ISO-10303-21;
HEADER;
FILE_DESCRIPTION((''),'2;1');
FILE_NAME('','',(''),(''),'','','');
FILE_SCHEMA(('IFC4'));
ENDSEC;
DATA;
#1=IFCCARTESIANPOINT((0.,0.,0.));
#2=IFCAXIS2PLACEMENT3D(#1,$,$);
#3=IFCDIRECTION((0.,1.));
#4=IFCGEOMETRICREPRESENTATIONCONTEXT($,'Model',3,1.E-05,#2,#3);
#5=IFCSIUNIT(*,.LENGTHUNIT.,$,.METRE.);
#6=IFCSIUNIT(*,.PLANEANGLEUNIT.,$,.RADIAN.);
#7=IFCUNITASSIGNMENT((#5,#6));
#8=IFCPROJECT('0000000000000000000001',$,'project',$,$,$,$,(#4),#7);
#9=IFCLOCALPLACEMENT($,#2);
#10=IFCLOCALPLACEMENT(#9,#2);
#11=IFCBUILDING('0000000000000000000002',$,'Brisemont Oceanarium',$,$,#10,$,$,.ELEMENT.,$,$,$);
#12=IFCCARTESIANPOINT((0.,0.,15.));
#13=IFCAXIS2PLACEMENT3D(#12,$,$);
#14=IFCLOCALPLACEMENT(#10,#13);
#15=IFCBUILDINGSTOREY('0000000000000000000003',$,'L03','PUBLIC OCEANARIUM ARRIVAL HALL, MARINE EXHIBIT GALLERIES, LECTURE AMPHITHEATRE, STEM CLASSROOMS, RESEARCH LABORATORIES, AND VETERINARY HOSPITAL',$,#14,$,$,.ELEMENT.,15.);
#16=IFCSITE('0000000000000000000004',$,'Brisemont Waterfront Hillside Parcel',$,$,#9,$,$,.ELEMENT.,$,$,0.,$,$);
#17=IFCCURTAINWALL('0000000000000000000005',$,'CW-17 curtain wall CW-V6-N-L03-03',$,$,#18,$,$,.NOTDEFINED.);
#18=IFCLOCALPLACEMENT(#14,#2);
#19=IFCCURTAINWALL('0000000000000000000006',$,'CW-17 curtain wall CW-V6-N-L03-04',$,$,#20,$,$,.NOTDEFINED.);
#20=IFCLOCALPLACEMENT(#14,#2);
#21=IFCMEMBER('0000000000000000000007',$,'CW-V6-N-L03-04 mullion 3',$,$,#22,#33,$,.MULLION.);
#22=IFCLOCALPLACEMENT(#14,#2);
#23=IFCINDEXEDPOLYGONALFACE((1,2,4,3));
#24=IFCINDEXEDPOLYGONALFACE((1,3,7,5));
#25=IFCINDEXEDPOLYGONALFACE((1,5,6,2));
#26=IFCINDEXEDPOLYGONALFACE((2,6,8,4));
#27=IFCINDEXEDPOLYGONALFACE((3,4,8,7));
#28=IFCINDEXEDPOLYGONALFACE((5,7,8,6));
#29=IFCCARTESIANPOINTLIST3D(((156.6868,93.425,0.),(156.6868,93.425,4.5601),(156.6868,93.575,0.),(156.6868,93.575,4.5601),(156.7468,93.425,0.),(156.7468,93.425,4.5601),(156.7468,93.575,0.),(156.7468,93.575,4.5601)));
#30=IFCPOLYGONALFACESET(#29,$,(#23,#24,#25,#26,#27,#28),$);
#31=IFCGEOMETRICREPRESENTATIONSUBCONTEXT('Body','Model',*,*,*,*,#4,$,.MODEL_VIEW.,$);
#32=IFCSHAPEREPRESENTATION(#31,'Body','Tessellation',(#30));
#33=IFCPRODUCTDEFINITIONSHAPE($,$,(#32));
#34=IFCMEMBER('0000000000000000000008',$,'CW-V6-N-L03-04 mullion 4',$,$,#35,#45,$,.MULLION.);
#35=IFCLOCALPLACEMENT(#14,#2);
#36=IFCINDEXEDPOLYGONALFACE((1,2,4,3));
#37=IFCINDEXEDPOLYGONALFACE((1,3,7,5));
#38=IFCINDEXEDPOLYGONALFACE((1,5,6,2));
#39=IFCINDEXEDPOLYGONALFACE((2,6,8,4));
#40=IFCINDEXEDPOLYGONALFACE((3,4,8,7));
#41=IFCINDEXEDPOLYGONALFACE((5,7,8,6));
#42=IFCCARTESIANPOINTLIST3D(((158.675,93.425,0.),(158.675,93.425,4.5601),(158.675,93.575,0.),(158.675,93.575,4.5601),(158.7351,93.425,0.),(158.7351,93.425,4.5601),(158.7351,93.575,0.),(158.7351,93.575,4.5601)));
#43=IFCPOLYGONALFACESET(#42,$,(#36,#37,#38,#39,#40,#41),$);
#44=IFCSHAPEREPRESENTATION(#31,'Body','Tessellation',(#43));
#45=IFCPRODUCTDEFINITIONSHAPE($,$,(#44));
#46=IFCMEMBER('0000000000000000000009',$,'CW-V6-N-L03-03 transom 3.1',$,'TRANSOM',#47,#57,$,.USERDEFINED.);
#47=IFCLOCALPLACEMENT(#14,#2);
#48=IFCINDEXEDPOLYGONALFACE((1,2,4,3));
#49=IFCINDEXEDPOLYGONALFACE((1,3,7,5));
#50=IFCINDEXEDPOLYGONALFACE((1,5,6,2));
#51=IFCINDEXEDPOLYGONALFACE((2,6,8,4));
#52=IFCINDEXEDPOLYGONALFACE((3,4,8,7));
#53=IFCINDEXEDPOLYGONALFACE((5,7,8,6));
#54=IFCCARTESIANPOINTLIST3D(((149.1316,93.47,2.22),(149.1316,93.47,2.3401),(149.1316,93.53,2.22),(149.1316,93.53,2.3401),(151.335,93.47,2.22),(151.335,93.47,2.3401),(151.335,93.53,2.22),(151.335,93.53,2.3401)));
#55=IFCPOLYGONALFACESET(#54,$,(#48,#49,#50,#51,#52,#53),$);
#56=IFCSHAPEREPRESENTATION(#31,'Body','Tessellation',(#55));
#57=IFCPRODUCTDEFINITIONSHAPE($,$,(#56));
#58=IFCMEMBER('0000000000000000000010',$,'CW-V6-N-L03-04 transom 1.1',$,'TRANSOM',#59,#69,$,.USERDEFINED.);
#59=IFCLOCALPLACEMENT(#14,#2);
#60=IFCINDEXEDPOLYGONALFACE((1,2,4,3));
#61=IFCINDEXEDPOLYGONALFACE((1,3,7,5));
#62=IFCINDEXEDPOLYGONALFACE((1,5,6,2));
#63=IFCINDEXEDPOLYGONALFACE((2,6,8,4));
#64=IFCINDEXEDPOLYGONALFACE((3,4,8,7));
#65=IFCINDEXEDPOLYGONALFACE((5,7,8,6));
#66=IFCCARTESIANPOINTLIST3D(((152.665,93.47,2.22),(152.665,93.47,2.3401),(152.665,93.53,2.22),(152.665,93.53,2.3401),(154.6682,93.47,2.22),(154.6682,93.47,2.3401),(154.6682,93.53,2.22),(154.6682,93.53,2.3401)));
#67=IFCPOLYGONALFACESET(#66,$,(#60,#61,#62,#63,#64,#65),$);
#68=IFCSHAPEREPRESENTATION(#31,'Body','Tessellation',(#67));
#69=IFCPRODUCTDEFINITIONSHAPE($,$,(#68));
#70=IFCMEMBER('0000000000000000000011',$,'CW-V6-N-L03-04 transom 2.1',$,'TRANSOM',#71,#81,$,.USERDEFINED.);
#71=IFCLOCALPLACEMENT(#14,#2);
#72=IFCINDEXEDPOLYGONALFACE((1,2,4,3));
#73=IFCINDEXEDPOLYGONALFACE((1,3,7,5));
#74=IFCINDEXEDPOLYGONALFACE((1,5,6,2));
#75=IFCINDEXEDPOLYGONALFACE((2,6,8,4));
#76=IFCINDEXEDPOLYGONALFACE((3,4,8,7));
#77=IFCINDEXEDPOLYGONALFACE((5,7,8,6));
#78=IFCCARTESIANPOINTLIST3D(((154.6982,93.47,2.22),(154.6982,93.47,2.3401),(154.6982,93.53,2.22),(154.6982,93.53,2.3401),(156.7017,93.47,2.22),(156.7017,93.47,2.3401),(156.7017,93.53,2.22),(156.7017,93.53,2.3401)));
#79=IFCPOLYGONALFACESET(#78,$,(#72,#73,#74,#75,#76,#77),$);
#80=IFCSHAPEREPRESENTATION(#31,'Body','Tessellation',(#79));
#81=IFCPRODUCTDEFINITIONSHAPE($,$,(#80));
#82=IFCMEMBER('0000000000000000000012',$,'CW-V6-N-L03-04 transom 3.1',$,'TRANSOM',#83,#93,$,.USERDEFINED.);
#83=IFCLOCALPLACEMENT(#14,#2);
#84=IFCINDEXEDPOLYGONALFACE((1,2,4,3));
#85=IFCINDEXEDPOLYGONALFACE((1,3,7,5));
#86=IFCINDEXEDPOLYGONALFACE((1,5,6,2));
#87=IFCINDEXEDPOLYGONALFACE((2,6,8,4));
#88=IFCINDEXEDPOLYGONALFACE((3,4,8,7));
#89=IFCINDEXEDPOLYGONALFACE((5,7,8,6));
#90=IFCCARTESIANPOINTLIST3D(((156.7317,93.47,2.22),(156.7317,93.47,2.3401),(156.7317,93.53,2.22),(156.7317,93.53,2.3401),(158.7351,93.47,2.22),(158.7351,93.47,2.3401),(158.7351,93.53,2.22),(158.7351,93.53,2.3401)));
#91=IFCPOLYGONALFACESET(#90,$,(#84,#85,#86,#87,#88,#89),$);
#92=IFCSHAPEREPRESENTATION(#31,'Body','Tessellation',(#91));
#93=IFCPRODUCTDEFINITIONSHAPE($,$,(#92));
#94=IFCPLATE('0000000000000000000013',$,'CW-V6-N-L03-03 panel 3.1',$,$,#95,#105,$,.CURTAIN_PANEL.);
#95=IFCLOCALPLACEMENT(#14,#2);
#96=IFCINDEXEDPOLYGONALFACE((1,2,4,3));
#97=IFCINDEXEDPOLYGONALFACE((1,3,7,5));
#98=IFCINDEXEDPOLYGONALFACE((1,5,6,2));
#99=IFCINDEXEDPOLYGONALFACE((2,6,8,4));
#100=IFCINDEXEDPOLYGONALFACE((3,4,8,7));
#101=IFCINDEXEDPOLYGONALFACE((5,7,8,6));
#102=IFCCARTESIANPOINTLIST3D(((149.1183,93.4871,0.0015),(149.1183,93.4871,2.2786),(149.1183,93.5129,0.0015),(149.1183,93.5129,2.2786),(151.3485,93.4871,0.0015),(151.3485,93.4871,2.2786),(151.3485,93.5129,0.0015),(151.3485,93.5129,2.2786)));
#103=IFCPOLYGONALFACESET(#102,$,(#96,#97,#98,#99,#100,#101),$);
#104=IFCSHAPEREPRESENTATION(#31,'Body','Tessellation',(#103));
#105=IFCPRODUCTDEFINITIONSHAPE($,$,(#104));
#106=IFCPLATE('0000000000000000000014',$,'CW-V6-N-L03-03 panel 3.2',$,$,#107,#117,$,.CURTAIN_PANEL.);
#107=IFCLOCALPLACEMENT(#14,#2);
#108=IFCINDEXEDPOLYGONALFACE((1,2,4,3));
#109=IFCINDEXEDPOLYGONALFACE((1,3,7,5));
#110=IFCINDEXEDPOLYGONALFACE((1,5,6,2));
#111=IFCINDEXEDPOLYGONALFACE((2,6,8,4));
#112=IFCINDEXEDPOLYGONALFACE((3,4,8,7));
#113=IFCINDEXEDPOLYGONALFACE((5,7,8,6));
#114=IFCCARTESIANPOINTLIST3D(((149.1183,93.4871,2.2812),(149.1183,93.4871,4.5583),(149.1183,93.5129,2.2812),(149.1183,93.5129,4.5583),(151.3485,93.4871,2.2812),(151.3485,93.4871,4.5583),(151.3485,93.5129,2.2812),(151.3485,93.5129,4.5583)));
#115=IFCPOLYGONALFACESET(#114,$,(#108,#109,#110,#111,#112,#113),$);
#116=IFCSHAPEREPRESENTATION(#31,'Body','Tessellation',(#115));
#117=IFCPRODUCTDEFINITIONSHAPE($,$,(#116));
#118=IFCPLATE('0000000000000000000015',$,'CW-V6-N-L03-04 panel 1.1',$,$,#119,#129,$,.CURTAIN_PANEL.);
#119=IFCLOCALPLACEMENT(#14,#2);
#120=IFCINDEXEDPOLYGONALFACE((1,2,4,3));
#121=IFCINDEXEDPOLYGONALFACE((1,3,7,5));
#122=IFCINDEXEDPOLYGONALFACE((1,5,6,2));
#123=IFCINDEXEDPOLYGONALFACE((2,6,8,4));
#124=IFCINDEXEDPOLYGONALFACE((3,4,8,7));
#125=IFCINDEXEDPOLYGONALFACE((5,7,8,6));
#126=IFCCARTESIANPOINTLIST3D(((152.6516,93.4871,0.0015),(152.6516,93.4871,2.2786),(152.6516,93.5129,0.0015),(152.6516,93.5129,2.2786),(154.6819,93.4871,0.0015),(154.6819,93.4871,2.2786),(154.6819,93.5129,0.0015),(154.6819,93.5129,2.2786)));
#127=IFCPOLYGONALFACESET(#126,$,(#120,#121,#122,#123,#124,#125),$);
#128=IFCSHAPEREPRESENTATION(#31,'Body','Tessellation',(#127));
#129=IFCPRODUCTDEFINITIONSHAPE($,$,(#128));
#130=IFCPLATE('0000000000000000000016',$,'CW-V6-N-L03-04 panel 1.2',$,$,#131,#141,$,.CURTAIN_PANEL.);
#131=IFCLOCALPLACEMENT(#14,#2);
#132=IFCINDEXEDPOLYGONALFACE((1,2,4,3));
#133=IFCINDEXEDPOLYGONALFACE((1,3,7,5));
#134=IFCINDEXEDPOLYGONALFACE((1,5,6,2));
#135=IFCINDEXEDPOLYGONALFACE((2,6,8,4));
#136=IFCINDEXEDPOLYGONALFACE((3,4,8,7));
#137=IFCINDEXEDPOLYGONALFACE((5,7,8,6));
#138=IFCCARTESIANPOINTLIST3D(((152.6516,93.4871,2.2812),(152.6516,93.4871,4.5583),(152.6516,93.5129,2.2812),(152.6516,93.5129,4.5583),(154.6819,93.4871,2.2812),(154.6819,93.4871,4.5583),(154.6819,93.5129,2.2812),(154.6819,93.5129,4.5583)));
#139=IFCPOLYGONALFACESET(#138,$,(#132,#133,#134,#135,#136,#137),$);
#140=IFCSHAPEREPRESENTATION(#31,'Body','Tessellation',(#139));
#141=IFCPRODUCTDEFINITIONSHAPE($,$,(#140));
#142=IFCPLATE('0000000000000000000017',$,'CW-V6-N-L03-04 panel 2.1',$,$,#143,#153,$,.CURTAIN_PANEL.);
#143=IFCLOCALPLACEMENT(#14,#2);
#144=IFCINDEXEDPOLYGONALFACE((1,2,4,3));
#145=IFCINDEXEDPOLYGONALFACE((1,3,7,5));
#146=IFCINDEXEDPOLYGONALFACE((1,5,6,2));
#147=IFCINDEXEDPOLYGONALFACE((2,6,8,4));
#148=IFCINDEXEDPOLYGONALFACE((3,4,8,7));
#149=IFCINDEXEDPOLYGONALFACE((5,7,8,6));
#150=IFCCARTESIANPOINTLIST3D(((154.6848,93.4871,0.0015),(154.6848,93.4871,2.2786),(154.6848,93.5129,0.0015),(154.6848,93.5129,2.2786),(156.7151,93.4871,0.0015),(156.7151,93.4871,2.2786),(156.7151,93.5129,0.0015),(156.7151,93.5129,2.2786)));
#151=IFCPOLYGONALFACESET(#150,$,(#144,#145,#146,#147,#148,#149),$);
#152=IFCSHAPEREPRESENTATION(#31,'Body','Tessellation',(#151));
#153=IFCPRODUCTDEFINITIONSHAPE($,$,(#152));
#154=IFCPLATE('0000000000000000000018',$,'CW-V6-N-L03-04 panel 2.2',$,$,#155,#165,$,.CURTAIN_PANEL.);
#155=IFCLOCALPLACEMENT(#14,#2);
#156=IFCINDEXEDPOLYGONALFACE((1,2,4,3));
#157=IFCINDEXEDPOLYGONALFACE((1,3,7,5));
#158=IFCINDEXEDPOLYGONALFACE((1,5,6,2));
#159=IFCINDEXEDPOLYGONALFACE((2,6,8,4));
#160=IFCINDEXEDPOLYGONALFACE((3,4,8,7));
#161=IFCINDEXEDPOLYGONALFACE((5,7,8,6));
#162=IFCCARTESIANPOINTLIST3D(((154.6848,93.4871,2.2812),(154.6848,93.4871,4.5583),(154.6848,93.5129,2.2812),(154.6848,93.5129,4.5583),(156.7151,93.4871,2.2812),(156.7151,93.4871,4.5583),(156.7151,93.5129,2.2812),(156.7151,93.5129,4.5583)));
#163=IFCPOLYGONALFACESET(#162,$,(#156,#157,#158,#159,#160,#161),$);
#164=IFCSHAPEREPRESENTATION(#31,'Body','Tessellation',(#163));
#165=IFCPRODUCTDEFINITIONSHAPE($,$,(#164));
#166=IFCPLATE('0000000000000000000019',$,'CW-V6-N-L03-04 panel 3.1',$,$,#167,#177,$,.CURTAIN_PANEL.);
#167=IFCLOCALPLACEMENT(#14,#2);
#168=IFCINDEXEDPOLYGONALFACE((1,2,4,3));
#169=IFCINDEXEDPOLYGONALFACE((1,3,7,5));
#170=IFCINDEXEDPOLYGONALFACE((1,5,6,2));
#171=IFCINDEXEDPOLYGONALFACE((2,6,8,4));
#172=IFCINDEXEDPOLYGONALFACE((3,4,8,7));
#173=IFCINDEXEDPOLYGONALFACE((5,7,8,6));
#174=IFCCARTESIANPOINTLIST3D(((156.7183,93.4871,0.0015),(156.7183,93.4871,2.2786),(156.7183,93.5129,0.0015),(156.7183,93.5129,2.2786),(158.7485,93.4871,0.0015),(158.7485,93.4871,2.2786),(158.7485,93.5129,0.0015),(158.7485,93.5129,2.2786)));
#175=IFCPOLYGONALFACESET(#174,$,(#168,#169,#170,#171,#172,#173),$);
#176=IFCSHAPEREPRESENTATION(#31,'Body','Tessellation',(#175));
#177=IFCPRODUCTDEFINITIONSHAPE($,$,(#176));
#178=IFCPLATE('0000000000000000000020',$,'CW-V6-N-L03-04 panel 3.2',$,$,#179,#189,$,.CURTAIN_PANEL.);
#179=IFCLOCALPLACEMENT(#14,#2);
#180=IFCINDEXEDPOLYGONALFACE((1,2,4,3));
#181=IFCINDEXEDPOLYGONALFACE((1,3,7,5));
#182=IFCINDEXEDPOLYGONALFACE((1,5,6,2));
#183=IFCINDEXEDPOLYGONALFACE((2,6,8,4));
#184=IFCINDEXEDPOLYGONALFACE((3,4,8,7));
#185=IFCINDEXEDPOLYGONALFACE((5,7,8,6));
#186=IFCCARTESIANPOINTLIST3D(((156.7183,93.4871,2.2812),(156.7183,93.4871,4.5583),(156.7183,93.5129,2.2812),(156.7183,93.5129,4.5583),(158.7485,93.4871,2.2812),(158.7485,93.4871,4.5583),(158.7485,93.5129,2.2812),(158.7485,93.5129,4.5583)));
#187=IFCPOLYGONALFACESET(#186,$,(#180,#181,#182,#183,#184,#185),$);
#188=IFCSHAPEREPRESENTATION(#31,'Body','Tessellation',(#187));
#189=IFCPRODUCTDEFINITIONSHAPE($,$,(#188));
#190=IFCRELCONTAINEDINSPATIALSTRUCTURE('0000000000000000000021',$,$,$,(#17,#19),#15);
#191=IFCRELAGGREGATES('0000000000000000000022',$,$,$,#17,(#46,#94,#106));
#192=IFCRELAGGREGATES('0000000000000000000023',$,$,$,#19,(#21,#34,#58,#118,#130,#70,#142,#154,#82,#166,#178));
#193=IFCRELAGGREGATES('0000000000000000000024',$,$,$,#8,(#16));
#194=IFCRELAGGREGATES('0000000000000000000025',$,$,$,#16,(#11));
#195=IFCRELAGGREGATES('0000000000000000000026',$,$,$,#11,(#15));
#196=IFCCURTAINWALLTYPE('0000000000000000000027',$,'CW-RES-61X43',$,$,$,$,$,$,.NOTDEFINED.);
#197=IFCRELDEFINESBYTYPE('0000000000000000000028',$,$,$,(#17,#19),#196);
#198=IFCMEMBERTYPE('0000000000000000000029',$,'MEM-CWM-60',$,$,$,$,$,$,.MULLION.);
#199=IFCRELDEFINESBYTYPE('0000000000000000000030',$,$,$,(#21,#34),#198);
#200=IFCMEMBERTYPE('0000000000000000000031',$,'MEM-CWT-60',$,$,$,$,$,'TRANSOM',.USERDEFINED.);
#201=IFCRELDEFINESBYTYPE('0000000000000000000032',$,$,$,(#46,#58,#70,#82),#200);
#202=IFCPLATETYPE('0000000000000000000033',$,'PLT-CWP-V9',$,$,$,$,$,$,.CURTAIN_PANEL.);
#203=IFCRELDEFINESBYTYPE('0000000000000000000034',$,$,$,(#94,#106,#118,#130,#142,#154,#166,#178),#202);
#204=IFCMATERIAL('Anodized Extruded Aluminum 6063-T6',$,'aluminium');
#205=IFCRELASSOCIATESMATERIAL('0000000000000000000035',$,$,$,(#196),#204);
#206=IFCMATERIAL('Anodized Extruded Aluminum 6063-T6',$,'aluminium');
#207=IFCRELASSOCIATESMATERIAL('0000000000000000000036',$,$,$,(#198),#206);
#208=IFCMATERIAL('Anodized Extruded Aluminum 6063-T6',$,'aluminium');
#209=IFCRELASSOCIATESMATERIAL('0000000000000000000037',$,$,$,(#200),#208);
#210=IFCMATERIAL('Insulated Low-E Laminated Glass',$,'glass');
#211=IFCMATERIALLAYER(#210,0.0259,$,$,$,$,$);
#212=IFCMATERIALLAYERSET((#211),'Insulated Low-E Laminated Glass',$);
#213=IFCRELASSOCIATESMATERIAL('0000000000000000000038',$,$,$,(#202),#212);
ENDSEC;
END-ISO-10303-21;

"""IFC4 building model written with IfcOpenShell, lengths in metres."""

from ifc_helpers import new_model, si_unit, direction, frame, origin, origin_2d, place, context, subcontext, project, spatial, rectangle, extrude, material, layer, layer_set, material_profile, profile_set, type_object, element, aggregate, save


model = new_model("IFC4")

# Units and contexts
model_context = context("Model", 3, precision=1e-05, world=origin(), true_north=direction((0.0, 1.0)))
body_context = subcontext(model_context, "Body", "Model", "MODEL_VIEW")
ifc_project = project(units=[si_unit("LENGTHUNIT", "METRE"), si_unit("PLANEANGLEUNIT", "RADIAN")], contexts=[model_context])

# Site, building, storey
site_placement = place(None, origin())
site = spatial("IfcSite", under=ifc_project, at=site_placement, Name="Brisemont Waterfront Hillside Parcel", CompositionType="ELEMENT", RefElevation=0.0)
building_placement = place(site_placement, origin())
building = spatial("IfcBuilding", under=site, at=building_placement, Name="Brisemont Oceanarium", CompositionType="ELEMENT")
storey_placement = place(building_placement, frame((0.0, 0.0, 15.0)))
storey = spatial("IfcBuildingStorey", under=building, at=storey_placement, Name="L03", Description="PUBLIC OCEANARIUM ARRIVAL HALL, MARINE EXHIBIT GALLERIES, LECTURE AMPHITHEATRE, STEM CLASSROOMS, RESEARCH LABORATORIES, AND VETERINARY HOSPITAL", CompositionType="ELEMENT", Elevation=15.0)

# Curtain wall
ifc_material_1 = material(Name="Anodized Extruded Aluminum 6063-T6", Category="aluminium")
curtain_wall_type = type_object("IfcCurtainWallType", Name="CW-RES-61X43", PredefinedType="NOTDEFINED", material=ifc_material_1)
curtain_wall_1_placement = place(storey_placement, origin())
curtain_wall_1 = element("IfcCurtainWall", 1, at=curtain_wall_1_placement, inside=storey, type_object=curtain_wall_type, Name="CW-17 curtain wall CW-V6-N-L03-03", PredefinedType="NOTDEFINED")
ifc_material_2 = material(Name="Anodized Extruded Aluminum 6063-T6", Category="aluminium")
ifc_material_profile_1 = material_profile(ifc_material_2, rectangle(XDim=0.0601, YDim=0.1499, at=origin_2d()), Name="CWM-60X150")
ifc_profile_set_1 = profile_set([ifc_material_profile_1], Name="Anodized Extruded Aluminum 6063-T6")
member_type_1 = type_object("IfcMemberType", Name="MEM-CWM-60", PredefinedType="MULLION", material=ifc_profile_set_1)

# Curtain wall, members
curtain_wall_2_placement = place(storey_placement, origin())
curtain_wall_2 = element("IfcCurtainWall", 2, at=curtain_wall_2_placement, inside=storey, type_object=curtain_wall_type, Name="CW-17 curtain wall CW-V6-N-L03-04", PredefinedType="NOTDEFINED")
member_1_placement = place(storey_placement, frame((156.7168, 93.5, 0.0), z_axis=(0.0, 0.0, 1.0), x_axis=(1.0, 0.0, 0.0)))
member_1 = element("IfcMember", 3, at=member_1_placement, type_object=member_type_1, Name="CW-V6-N-L03-04 mullion 3", PredefinedType="MULLION", context=body_context, shape_type="SweptSolid", body=[
    extrude(rectangle(XDim=0.0601, YDim=0.1499, at=origin_2d()), origin(), (0.0, 0.0, 1.0), 4.5601),
])
member_2_placement = place(storey_placement, frame((158.7051, 93.5, 0.0), z_axis=(0.0, 0.0, 1.0), x_axis=(1.0, 0.0, 0.0)))
member_2 = element("IfcMember", 4, at=member_2_placement, type_object=member_type_1, Name="CW-V6-N-L03-04 mullion 4", PredefinedType="MULLION", context=body_context, shape_type="SweptSolid", body=[
    extrude(rectangle(XDim=0.0601, YDim=0.1499, at=origin_2d()), origin(), (0.0, 0.0, 1.0), 4.5601),
])

# Members
ifc_material_3 = material(Name="Anodized Extruded Aluminum 6063-T6", Category="aluminium")
ifc_material_profile_2 = material_profile(ifc_material_3, rectangle(XDim=0.0601, YDim=0.1201, at=origin_2d()), Name="CWT-60X120")
ifc_profile_set_2 = profile_set([ifc_material_profile_2], Name="Anodized Extruded Aluminum 6063-T6")
member_type_2 = type_object("IfcMemberType", Name="MEM-CWT-60", ElementType="TRANSOM", PredefinedType="USERDEFINED", material=ifc_profile_set_2)
member_3_placement = place(storey_placement, frame((149.1316, 93.5, 2.28), z_axis=(1.0, 0.0, 0.0), x_axis=(0.0, 1.0, 0.0)))
member_3 = element("IfcMember", 5, at=member_3_placement, type_object=member_type_2, Name="CW-V6-N-L03-03 transom 3.1", ObjectType="TRANSOM", PredefinedType="USERDEFINED", context=body_context, shape_type="SweptSolid", body=[
    extrude(rectangle(XDim=0.0601, YDim=0.1201, at=origin_2d()), origin(), (0.0, 0.0, 1.0), 2.2034),
])
member_4_placement = place(storey_placement, frame((152.665, 93.5, 2.28), z_axis=(1.0, 0.0, 0.0), x_axis=(0.0, 1.0, 0.0)))
member_4 = element("IfcMember", 6, at=member_4_placement, type_object=member_type_2, Name="CW-V6-N-L03-04 transom 1.1", ObjectType="TRANSOM", PredefinedType="USERDEFINED", context=body_context, shape_type="SweptSolid", body=[
    extrude(rectangle(XDim=0.0601, YDim=0.1201, at=origin_2d()), origin(), (0.0, 0.0, 1.0), 2.0032),
])
member_5_placement = place(storey_placement, frame((154.6982, 93.5, 2.28), z_axis=(1.0, 0.0, 0.0), x_axis=(0.0, 1.0, 0.0)))
member_5 = element("IfcMember", 7, at=member_5_placement, type_object=member_type_2, Name="CW-V6-N-L03-04 transom 2.1", ObjectType="TRANSOM", PredefinedType="USERDEFINED", context=body_context, shape_type="SweptSolid", body=[
    extrude(rectangle(XDim=0.0601, YDim=0.1201, at=origin_2d()), origin(), (0.0, 0.0, 1.0), 2.0034),
])
member_6_placement = place(storey_placement, frame((156.7317, 93.5, 2.28), z_axis=(1.0, 0.0, 0.0), x_axis=(0.0, 1.0, 0.0)))
member_6 = element("IfcMember", 8, at=member_6_placement, type_object=member_type_2, Name="CW-V6-N-L03-04 transom 3.1", ObjectType="TRANSOM", PredefinedType="USERDEFINED", context=body_context, shape_type="SweptSolid", body=[
    extrude(rectangle(XDim=0.0601, YDim=0.1201, at=origin_2d()), origin(), (0.0, 0.0, 1.0), 2.0034),
])

# Plates
ifc_material_4 = material(Name="Insulated Low-E Laminated Glass", Category="glass")
ifc_layer_1 = layer(ifc_material_4, 0.0259)
ifc_layer_set_1 = layer_set([ifc_layer_1], Name="Insulated Low-E Laminated Glass")
plate_type = type_object("IfcPlateType", Name="PLT-CWP-V9", PredefinedType="CURTAIN_PANEL", material=ifc_layer_set_1)
plate_1_placement = place(storey_placement, frame((150.2334, 93.5, 0.0015), z_axis=(0.0, 0.0, 1.0), x_axis=(1.0, 0.0, 0.0)))
plate_1 = element("IfcPlate", 9, at=plate_1_placement, type_object=plate_type, Name="CW-V6-N-L03-03 panel 3.1", PredefinedType="CURTAIN_PANEL", context=body_context, shape_type="SweptSolid", body=[
    extrude(rectangle(XDim=2.2302, YDim=0.0259, at=origin_2d()), origin(), (0.0, 0.0, 1.0), 2.2771),
])
plate_2_placement = place(storey_placement, frame((150.2334, 93.5, 2.2812), z_axis=(0.0, 0.0, 1.0), x_axis=(1.0, 0.0, 0.0)))
plate_2 = element("IfcPlate", 10, at=plate_2_placement, type_object=plate_type, Name="CW-V6-N-L03-03 panel 3.2", PredefinedType="CURTAIN_PANEL", context=body_context, shape_type="SweptSolid", body=[
    extrude(rectangle(XDim=2.2302, YDim=0.0259, at=origin_2d()), origin(), (0.0, 0.0, 1.0), 2.2771),
])
aggregate(curtain_wall_1, [member_3, plate_1, plate_2])
plate_3_placement = place(storey_placement, frame((153.6667, 93.5, 0.0015), z_axis=(0.0, 0.0, 1.0), x_axis=(1.0, 0.0, 0.0)))
plate_3 = element("IfcPlate", 11, at=plate_3_placement, type_object=plate_type, Name="CW-V6-N-L03-04 panel 1.1", PredefinedType="CURTAIN_PANEL", context=body_context, shape_type="SweptSolid", body=[
    extrude(rectangle(XDim=2.0303, YDim=0.0259, at=origin_2d()), origin(), (0.0, 0.0, 1.0), 2.2771),
])
plate_4_placement = place(storey_placement, frame((153.6667, 93.5, 2.2812), z_axis=(0.0, 0.0, 1.0), x_axis=(1.0, 0.0, 0.0)))
plate_4 = element("IfcPlate", 12, at=plate_4_placement, type_object=plate_type, Name="CW-V6-N-L03-04 panel 1.2", PredefinedType="CURTAIN_PANEL", context=body_context, shape_type="SweptSolid", body=[
    extrude(rectangle(XDim=2.0303, YDim=0.0259, at=origin_2d()), origin(), (0.0, 0.0, 1.0), 2.2771),
])
plate_5_placement = place(storey_placement, frame((155.7, 93.5, 0.0015), z_axis=(0.0, 0.0, 1.0), x_axis=(1.0, 0.0, 0.0)))
plate_5 = element("IfcPlate", 13, at=plate_5_placement, type_object=plate_type, Name="CW-V6-N-L03-04 panel 2.1", PredefinedType="CURTAIN_PANEL", context=body_context, shape_type="SweptSolid", body=[
    extrude(rectangle(XDim=2.0303, YDim=0.0259, at=origin_2d()), origin(), (0.0, 0.0, 1.0), 2.2771),
])
plate_6_placement = place(storey_placement, frame((155.7, 93.5, 2.2812), z_axis=(0.0, 0.0, 1.0), x_axis=(1.0, 0.0, 0.0)))
plate_6 = element("IfcPlate", 14, at=plate_6_placement, type_object=plate_type, Name="CW-V6-N-L03-04 panel 2.2", PredefinedType="CURTAIN_PANEL", context=body_context, shape_type="SweptSolid", body=[
    extrude(rectangle(XDim=2.0303, YDim=0.0259, at=origin_2d()), origin(), (0.0, 0.0, 1.0), 2.2771),
])
plate_7_placement = place(storey_placement, frame((157.7334, 93.5, 0.0015), z_axis=(0.0, 0.0, 1.0), x_axis=(1.0, 0.0, 0.0)))
plate_7 = element("IfcPlate", 15, at=plate_7_placement, type_object=plate_type, Name="CW-V6-N-L03-04 panel 3.1", PredefinedType="CURTAIN_PANEL", context=body_context, shape_type="SweptSolid", body=[
    extrude(rectangle(XDim=2.0303, YDim=0.0259, at=origin_2d()), origin(), (0.0, 0.0, 1.0), 2.2771),
])
plate_8_placement = place(storey_placement, frame((157.7334, 93.5, 2.2812), z_axis=(0.0, 0.0, 1.0), x_axis=(1.0, 0.0, 0.0)))
plate_8 = element("IfcPlate", 16, at=plate_8_placement, type_object=plate_type, Name="CW-V6-N-L03-04 panel 3.2", PredefinedType="CURTAIN_PANEL", context=body_context, shape_type="SweptSolid", body=[
    extrude(rectangle(XDim=2.0303, YDim=0.0259, at=origin_2d()), origin(), (0.0, 0.0, 1.0), 2.2771),
])
aggregate(curtain_wall_2, [member_1, member_2, member_4, plate_3, plate_4, member_5, plate_5, plate_6, member_6, plate_7, plate_8])

save(model, "model.ifc")
